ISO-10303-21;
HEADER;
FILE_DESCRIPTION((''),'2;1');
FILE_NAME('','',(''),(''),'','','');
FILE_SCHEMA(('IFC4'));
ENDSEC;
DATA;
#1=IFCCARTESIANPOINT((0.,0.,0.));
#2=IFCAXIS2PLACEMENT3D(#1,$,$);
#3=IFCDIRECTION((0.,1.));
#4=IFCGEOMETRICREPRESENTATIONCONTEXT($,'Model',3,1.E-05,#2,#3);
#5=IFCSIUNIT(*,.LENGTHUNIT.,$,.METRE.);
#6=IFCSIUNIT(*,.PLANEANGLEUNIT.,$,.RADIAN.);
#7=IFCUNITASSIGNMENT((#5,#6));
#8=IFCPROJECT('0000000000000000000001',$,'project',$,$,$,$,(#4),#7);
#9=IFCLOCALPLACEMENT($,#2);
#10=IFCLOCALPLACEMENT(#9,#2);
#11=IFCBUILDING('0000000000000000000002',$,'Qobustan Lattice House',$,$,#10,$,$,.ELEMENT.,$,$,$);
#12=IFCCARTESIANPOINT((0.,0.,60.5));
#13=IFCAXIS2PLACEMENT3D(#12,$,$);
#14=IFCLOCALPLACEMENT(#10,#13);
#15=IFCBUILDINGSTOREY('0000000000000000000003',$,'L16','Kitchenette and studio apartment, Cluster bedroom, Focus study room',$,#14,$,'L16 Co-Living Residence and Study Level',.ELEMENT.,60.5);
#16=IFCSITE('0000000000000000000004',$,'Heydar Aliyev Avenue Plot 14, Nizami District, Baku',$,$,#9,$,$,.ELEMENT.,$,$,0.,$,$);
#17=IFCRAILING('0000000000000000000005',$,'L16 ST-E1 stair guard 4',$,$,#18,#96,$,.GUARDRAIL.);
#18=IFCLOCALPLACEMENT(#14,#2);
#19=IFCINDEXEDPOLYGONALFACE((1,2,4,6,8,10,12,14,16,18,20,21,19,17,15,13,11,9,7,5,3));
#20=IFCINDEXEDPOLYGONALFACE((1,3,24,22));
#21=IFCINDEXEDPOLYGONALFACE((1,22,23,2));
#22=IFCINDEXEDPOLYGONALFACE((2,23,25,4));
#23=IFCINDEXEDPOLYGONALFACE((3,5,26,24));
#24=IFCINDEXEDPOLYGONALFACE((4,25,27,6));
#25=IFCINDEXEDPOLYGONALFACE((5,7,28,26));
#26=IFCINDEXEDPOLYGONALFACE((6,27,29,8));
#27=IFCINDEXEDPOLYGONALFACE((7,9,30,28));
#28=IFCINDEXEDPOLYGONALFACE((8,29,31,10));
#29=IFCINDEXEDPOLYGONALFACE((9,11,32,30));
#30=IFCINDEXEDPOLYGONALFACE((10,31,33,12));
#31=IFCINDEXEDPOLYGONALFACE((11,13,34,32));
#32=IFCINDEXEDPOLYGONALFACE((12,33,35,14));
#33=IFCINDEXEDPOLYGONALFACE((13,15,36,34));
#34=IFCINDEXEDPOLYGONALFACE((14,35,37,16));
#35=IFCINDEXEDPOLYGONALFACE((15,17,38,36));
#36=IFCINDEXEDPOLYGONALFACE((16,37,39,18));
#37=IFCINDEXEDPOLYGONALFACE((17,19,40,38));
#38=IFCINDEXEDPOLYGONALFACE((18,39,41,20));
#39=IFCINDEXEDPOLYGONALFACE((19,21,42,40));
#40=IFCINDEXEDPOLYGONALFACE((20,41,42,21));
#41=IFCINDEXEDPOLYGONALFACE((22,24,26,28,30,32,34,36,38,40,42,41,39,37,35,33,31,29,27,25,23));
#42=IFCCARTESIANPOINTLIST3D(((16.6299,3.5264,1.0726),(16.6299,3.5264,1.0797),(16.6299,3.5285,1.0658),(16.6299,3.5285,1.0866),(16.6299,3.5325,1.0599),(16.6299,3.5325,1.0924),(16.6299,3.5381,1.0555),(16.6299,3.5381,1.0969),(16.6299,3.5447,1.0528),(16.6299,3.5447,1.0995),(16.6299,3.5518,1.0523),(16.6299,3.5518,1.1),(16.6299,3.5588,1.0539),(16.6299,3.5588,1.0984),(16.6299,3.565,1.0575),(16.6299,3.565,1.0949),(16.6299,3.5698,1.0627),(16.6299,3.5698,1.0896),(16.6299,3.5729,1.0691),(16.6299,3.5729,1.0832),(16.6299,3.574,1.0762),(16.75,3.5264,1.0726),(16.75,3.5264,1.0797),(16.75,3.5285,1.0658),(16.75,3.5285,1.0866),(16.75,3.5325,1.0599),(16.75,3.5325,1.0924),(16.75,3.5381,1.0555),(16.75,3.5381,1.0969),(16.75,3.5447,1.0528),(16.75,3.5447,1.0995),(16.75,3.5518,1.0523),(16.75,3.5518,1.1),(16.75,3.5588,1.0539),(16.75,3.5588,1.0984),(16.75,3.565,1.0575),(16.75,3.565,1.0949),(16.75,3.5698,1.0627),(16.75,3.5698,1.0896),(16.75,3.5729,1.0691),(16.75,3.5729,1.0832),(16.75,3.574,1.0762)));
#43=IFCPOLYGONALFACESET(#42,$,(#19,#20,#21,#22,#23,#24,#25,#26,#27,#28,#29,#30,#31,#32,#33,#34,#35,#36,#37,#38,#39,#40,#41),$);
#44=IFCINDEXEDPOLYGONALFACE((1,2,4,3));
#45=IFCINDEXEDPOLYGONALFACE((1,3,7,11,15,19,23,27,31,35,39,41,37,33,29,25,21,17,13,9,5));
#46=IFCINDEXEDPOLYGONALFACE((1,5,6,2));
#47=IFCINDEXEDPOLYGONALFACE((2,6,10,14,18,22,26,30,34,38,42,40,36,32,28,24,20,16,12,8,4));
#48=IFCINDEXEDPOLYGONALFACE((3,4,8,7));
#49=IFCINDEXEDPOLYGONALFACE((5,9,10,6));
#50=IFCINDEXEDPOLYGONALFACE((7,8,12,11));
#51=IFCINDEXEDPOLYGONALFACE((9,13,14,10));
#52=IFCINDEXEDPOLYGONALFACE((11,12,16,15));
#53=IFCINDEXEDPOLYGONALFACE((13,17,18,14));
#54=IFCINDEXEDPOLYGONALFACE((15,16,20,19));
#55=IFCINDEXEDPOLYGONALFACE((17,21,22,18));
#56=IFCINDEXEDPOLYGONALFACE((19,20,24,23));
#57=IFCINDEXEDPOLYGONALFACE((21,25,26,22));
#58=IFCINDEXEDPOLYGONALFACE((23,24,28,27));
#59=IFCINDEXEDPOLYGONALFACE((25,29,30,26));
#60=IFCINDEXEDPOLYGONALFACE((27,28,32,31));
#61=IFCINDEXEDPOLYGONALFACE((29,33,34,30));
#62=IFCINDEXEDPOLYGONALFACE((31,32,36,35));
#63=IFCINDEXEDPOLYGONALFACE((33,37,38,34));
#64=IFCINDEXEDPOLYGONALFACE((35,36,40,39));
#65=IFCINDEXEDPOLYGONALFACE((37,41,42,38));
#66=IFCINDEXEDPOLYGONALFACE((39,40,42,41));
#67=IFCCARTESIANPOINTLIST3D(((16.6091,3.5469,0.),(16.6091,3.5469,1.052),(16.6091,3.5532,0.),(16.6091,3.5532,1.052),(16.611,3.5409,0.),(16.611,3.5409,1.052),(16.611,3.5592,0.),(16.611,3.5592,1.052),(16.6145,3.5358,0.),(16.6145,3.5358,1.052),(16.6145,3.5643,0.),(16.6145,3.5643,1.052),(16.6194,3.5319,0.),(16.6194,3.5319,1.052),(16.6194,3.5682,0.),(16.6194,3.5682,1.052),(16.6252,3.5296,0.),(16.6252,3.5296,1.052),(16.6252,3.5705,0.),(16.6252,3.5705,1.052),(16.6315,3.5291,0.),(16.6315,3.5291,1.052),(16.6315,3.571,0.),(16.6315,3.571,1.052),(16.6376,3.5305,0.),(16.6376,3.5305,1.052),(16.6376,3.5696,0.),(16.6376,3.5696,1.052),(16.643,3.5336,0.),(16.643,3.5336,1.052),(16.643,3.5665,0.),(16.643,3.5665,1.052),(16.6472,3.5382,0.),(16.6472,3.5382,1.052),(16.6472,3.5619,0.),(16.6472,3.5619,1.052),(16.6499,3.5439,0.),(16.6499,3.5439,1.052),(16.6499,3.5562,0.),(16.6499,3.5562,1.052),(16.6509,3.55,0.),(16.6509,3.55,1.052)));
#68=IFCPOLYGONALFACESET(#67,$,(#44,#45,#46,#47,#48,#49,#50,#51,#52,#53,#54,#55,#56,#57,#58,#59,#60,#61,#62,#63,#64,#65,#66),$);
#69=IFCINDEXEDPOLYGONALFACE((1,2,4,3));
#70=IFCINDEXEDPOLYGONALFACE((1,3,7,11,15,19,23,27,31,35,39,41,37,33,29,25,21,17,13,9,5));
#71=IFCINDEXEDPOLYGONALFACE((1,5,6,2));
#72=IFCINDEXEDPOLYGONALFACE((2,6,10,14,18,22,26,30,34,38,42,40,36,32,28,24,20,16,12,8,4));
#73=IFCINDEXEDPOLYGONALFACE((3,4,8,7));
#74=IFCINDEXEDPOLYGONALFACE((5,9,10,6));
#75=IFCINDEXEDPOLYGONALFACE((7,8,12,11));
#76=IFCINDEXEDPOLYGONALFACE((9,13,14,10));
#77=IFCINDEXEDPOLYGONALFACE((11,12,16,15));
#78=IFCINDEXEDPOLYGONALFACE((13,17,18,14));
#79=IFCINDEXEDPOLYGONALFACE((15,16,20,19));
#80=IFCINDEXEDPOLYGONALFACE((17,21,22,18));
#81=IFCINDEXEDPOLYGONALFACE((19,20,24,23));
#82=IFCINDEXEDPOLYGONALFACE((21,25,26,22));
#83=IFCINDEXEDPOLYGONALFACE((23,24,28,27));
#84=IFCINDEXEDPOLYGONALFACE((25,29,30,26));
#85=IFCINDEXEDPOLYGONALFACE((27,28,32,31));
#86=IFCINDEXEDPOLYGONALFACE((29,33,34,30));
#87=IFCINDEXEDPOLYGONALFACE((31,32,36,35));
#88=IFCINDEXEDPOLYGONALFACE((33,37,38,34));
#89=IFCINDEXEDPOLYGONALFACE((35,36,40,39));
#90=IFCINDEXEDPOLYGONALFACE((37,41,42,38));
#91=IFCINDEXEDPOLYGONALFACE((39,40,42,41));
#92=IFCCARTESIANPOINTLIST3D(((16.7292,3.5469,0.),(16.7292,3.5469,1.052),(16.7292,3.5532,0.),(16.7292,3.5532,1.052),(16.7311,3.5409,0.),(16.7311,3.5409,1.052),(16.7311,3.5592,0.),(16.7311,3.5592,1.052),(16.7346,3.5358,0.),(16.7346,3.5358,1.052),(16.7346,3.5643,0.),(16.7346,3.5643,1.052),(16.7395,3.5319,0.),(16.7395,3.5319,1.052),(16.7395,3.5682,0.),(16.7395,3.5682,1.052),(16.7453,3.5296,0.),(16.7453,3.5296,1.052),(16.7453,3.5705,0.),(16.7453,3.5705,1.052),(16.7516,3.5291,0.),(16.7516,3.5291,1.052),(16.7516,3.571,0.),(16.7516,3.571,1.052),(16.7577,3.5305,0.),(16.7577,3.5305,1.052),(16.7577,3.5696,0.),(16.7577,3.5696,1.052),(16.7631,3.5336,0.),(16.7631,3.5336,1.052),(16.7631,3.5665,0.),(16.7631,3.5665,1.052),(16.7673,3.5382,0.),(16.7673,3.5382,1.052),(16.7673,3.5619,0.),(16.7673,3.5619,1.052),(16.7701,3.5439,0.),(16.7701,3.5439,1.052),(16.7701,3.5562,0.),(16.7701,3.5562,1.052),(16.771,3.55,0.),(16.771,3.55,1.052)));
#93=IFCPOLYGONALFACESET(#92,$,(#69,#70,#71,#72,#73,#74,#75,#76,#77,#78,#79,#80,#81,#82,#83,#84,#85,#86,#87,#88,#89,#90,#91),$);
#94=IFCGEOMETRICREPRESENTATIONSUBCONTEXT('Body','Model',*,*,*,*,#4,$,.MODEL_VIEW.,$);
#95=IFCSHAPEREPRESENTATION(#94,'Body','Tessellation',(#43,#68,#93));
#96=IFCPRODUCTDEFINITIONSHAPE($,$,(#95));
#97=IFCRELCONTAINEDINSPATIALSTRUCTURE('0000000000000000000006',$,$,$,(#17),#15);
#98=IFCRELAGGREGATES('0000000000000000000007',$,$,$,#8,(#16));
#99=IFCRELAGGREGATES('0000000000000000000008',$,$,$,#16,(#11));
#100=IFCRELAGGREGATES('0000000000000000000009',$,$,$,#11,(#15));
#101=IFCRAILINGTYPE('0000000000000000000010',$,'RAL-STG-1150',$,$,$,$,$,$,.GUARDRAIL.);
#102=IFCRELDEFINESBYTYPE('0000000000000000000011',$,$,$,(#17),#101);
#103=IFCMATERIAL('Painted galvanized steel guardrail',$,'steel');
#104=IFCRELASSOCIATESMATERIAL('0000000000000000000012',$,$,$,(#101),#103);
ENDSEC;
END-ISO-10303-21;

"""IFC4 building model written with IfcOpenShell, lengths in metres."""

from ifc_helpers import new_model, si_unit, direction, frame, origin, origin_2d, place, context, subcontext, project, spatial, circle, extrude, material, type_object, element, save


model = new_model("IFC4")

# Units and contexts
model_context = context("Model", 3, precision=1e-05, world=origin(), true_north=direction((0.0, 1.0)))
body_context = subcontext(model_context, "Body", "Model", "MODEL_VIEW")
ifc_project = project(units=[si_unit("LENGTHUNIT", "METRE"), si_unit("PLANEANGLEUNIT", "RADIAN")], contexts=[model_context])

# Site, building, storey
site_placement = place(None, origin())
site = spatial("IfcSite", under=ifc_project, at=site_placement, Name="Heydar Aliyev Avenue Plot 14, Nizami District, Baku", CompositionType="ELEMENT", RefElevation=0.0)
building_placement = place(site_placement, origin())
building = spatial("IfcBuilding", under=site, at=building_placement, Name="Qobustan Lattice House", CompositionType="ELEMENT")
storey_placement = place(building_placement, frame((0.0, 0.0, 60.5)))
storey = spatial("IfcBuildingStorey", under=building, at=storey_placement, Name="L16", Description="Kitchenette and studio apartment, Cluster bedroom, Focus study room", LongName="L16 Co-Living Residence and Study Level", CompositionType="ELEMENT", Elevation=60.5)

# Railing
ifc_material_1 = material(Name="Painted galvanized steel guardrail", Category="steel")
railing_type_1 = type_object("IfcRailingType", Name="RAL-STG-1150", PredefinedType="GUARDRAIL", material=ifc_material_1)
railing_1_placement = place(storey_placement, frame((16.6299, 3.55, 0.0)))
element("IfcRailing", 1, at=railing_1_placement, inside=storey, type_object=railing_type_1, Name="L16 ST-E1 stair guard 4", PredefinedType="GUARDRAIL", context=body_context, shape_type="SweptSolid", body=[
    extrude(circle(Radius=0.0239, at=origin_2d()), frame((0.0, 0.0, 1.0762), z_axis=(1.0, 0.0, 0.0), x_axis=(0.0, 1.0, 0.0)), (0.0, 0.0, 1.0), 0.1201),
    extrude(circle(Radius=0.021, at=origin_2d()), origin(), (0.0, 0.0, 1.0), 1.052),
    extrude(circle(Radius=0.021, at=origin_2d()), frame((0.1201, 0.0, 0.0)), (0.0, 0.0, 1.0), 1.052),
])

save(model, "model.ifc")
